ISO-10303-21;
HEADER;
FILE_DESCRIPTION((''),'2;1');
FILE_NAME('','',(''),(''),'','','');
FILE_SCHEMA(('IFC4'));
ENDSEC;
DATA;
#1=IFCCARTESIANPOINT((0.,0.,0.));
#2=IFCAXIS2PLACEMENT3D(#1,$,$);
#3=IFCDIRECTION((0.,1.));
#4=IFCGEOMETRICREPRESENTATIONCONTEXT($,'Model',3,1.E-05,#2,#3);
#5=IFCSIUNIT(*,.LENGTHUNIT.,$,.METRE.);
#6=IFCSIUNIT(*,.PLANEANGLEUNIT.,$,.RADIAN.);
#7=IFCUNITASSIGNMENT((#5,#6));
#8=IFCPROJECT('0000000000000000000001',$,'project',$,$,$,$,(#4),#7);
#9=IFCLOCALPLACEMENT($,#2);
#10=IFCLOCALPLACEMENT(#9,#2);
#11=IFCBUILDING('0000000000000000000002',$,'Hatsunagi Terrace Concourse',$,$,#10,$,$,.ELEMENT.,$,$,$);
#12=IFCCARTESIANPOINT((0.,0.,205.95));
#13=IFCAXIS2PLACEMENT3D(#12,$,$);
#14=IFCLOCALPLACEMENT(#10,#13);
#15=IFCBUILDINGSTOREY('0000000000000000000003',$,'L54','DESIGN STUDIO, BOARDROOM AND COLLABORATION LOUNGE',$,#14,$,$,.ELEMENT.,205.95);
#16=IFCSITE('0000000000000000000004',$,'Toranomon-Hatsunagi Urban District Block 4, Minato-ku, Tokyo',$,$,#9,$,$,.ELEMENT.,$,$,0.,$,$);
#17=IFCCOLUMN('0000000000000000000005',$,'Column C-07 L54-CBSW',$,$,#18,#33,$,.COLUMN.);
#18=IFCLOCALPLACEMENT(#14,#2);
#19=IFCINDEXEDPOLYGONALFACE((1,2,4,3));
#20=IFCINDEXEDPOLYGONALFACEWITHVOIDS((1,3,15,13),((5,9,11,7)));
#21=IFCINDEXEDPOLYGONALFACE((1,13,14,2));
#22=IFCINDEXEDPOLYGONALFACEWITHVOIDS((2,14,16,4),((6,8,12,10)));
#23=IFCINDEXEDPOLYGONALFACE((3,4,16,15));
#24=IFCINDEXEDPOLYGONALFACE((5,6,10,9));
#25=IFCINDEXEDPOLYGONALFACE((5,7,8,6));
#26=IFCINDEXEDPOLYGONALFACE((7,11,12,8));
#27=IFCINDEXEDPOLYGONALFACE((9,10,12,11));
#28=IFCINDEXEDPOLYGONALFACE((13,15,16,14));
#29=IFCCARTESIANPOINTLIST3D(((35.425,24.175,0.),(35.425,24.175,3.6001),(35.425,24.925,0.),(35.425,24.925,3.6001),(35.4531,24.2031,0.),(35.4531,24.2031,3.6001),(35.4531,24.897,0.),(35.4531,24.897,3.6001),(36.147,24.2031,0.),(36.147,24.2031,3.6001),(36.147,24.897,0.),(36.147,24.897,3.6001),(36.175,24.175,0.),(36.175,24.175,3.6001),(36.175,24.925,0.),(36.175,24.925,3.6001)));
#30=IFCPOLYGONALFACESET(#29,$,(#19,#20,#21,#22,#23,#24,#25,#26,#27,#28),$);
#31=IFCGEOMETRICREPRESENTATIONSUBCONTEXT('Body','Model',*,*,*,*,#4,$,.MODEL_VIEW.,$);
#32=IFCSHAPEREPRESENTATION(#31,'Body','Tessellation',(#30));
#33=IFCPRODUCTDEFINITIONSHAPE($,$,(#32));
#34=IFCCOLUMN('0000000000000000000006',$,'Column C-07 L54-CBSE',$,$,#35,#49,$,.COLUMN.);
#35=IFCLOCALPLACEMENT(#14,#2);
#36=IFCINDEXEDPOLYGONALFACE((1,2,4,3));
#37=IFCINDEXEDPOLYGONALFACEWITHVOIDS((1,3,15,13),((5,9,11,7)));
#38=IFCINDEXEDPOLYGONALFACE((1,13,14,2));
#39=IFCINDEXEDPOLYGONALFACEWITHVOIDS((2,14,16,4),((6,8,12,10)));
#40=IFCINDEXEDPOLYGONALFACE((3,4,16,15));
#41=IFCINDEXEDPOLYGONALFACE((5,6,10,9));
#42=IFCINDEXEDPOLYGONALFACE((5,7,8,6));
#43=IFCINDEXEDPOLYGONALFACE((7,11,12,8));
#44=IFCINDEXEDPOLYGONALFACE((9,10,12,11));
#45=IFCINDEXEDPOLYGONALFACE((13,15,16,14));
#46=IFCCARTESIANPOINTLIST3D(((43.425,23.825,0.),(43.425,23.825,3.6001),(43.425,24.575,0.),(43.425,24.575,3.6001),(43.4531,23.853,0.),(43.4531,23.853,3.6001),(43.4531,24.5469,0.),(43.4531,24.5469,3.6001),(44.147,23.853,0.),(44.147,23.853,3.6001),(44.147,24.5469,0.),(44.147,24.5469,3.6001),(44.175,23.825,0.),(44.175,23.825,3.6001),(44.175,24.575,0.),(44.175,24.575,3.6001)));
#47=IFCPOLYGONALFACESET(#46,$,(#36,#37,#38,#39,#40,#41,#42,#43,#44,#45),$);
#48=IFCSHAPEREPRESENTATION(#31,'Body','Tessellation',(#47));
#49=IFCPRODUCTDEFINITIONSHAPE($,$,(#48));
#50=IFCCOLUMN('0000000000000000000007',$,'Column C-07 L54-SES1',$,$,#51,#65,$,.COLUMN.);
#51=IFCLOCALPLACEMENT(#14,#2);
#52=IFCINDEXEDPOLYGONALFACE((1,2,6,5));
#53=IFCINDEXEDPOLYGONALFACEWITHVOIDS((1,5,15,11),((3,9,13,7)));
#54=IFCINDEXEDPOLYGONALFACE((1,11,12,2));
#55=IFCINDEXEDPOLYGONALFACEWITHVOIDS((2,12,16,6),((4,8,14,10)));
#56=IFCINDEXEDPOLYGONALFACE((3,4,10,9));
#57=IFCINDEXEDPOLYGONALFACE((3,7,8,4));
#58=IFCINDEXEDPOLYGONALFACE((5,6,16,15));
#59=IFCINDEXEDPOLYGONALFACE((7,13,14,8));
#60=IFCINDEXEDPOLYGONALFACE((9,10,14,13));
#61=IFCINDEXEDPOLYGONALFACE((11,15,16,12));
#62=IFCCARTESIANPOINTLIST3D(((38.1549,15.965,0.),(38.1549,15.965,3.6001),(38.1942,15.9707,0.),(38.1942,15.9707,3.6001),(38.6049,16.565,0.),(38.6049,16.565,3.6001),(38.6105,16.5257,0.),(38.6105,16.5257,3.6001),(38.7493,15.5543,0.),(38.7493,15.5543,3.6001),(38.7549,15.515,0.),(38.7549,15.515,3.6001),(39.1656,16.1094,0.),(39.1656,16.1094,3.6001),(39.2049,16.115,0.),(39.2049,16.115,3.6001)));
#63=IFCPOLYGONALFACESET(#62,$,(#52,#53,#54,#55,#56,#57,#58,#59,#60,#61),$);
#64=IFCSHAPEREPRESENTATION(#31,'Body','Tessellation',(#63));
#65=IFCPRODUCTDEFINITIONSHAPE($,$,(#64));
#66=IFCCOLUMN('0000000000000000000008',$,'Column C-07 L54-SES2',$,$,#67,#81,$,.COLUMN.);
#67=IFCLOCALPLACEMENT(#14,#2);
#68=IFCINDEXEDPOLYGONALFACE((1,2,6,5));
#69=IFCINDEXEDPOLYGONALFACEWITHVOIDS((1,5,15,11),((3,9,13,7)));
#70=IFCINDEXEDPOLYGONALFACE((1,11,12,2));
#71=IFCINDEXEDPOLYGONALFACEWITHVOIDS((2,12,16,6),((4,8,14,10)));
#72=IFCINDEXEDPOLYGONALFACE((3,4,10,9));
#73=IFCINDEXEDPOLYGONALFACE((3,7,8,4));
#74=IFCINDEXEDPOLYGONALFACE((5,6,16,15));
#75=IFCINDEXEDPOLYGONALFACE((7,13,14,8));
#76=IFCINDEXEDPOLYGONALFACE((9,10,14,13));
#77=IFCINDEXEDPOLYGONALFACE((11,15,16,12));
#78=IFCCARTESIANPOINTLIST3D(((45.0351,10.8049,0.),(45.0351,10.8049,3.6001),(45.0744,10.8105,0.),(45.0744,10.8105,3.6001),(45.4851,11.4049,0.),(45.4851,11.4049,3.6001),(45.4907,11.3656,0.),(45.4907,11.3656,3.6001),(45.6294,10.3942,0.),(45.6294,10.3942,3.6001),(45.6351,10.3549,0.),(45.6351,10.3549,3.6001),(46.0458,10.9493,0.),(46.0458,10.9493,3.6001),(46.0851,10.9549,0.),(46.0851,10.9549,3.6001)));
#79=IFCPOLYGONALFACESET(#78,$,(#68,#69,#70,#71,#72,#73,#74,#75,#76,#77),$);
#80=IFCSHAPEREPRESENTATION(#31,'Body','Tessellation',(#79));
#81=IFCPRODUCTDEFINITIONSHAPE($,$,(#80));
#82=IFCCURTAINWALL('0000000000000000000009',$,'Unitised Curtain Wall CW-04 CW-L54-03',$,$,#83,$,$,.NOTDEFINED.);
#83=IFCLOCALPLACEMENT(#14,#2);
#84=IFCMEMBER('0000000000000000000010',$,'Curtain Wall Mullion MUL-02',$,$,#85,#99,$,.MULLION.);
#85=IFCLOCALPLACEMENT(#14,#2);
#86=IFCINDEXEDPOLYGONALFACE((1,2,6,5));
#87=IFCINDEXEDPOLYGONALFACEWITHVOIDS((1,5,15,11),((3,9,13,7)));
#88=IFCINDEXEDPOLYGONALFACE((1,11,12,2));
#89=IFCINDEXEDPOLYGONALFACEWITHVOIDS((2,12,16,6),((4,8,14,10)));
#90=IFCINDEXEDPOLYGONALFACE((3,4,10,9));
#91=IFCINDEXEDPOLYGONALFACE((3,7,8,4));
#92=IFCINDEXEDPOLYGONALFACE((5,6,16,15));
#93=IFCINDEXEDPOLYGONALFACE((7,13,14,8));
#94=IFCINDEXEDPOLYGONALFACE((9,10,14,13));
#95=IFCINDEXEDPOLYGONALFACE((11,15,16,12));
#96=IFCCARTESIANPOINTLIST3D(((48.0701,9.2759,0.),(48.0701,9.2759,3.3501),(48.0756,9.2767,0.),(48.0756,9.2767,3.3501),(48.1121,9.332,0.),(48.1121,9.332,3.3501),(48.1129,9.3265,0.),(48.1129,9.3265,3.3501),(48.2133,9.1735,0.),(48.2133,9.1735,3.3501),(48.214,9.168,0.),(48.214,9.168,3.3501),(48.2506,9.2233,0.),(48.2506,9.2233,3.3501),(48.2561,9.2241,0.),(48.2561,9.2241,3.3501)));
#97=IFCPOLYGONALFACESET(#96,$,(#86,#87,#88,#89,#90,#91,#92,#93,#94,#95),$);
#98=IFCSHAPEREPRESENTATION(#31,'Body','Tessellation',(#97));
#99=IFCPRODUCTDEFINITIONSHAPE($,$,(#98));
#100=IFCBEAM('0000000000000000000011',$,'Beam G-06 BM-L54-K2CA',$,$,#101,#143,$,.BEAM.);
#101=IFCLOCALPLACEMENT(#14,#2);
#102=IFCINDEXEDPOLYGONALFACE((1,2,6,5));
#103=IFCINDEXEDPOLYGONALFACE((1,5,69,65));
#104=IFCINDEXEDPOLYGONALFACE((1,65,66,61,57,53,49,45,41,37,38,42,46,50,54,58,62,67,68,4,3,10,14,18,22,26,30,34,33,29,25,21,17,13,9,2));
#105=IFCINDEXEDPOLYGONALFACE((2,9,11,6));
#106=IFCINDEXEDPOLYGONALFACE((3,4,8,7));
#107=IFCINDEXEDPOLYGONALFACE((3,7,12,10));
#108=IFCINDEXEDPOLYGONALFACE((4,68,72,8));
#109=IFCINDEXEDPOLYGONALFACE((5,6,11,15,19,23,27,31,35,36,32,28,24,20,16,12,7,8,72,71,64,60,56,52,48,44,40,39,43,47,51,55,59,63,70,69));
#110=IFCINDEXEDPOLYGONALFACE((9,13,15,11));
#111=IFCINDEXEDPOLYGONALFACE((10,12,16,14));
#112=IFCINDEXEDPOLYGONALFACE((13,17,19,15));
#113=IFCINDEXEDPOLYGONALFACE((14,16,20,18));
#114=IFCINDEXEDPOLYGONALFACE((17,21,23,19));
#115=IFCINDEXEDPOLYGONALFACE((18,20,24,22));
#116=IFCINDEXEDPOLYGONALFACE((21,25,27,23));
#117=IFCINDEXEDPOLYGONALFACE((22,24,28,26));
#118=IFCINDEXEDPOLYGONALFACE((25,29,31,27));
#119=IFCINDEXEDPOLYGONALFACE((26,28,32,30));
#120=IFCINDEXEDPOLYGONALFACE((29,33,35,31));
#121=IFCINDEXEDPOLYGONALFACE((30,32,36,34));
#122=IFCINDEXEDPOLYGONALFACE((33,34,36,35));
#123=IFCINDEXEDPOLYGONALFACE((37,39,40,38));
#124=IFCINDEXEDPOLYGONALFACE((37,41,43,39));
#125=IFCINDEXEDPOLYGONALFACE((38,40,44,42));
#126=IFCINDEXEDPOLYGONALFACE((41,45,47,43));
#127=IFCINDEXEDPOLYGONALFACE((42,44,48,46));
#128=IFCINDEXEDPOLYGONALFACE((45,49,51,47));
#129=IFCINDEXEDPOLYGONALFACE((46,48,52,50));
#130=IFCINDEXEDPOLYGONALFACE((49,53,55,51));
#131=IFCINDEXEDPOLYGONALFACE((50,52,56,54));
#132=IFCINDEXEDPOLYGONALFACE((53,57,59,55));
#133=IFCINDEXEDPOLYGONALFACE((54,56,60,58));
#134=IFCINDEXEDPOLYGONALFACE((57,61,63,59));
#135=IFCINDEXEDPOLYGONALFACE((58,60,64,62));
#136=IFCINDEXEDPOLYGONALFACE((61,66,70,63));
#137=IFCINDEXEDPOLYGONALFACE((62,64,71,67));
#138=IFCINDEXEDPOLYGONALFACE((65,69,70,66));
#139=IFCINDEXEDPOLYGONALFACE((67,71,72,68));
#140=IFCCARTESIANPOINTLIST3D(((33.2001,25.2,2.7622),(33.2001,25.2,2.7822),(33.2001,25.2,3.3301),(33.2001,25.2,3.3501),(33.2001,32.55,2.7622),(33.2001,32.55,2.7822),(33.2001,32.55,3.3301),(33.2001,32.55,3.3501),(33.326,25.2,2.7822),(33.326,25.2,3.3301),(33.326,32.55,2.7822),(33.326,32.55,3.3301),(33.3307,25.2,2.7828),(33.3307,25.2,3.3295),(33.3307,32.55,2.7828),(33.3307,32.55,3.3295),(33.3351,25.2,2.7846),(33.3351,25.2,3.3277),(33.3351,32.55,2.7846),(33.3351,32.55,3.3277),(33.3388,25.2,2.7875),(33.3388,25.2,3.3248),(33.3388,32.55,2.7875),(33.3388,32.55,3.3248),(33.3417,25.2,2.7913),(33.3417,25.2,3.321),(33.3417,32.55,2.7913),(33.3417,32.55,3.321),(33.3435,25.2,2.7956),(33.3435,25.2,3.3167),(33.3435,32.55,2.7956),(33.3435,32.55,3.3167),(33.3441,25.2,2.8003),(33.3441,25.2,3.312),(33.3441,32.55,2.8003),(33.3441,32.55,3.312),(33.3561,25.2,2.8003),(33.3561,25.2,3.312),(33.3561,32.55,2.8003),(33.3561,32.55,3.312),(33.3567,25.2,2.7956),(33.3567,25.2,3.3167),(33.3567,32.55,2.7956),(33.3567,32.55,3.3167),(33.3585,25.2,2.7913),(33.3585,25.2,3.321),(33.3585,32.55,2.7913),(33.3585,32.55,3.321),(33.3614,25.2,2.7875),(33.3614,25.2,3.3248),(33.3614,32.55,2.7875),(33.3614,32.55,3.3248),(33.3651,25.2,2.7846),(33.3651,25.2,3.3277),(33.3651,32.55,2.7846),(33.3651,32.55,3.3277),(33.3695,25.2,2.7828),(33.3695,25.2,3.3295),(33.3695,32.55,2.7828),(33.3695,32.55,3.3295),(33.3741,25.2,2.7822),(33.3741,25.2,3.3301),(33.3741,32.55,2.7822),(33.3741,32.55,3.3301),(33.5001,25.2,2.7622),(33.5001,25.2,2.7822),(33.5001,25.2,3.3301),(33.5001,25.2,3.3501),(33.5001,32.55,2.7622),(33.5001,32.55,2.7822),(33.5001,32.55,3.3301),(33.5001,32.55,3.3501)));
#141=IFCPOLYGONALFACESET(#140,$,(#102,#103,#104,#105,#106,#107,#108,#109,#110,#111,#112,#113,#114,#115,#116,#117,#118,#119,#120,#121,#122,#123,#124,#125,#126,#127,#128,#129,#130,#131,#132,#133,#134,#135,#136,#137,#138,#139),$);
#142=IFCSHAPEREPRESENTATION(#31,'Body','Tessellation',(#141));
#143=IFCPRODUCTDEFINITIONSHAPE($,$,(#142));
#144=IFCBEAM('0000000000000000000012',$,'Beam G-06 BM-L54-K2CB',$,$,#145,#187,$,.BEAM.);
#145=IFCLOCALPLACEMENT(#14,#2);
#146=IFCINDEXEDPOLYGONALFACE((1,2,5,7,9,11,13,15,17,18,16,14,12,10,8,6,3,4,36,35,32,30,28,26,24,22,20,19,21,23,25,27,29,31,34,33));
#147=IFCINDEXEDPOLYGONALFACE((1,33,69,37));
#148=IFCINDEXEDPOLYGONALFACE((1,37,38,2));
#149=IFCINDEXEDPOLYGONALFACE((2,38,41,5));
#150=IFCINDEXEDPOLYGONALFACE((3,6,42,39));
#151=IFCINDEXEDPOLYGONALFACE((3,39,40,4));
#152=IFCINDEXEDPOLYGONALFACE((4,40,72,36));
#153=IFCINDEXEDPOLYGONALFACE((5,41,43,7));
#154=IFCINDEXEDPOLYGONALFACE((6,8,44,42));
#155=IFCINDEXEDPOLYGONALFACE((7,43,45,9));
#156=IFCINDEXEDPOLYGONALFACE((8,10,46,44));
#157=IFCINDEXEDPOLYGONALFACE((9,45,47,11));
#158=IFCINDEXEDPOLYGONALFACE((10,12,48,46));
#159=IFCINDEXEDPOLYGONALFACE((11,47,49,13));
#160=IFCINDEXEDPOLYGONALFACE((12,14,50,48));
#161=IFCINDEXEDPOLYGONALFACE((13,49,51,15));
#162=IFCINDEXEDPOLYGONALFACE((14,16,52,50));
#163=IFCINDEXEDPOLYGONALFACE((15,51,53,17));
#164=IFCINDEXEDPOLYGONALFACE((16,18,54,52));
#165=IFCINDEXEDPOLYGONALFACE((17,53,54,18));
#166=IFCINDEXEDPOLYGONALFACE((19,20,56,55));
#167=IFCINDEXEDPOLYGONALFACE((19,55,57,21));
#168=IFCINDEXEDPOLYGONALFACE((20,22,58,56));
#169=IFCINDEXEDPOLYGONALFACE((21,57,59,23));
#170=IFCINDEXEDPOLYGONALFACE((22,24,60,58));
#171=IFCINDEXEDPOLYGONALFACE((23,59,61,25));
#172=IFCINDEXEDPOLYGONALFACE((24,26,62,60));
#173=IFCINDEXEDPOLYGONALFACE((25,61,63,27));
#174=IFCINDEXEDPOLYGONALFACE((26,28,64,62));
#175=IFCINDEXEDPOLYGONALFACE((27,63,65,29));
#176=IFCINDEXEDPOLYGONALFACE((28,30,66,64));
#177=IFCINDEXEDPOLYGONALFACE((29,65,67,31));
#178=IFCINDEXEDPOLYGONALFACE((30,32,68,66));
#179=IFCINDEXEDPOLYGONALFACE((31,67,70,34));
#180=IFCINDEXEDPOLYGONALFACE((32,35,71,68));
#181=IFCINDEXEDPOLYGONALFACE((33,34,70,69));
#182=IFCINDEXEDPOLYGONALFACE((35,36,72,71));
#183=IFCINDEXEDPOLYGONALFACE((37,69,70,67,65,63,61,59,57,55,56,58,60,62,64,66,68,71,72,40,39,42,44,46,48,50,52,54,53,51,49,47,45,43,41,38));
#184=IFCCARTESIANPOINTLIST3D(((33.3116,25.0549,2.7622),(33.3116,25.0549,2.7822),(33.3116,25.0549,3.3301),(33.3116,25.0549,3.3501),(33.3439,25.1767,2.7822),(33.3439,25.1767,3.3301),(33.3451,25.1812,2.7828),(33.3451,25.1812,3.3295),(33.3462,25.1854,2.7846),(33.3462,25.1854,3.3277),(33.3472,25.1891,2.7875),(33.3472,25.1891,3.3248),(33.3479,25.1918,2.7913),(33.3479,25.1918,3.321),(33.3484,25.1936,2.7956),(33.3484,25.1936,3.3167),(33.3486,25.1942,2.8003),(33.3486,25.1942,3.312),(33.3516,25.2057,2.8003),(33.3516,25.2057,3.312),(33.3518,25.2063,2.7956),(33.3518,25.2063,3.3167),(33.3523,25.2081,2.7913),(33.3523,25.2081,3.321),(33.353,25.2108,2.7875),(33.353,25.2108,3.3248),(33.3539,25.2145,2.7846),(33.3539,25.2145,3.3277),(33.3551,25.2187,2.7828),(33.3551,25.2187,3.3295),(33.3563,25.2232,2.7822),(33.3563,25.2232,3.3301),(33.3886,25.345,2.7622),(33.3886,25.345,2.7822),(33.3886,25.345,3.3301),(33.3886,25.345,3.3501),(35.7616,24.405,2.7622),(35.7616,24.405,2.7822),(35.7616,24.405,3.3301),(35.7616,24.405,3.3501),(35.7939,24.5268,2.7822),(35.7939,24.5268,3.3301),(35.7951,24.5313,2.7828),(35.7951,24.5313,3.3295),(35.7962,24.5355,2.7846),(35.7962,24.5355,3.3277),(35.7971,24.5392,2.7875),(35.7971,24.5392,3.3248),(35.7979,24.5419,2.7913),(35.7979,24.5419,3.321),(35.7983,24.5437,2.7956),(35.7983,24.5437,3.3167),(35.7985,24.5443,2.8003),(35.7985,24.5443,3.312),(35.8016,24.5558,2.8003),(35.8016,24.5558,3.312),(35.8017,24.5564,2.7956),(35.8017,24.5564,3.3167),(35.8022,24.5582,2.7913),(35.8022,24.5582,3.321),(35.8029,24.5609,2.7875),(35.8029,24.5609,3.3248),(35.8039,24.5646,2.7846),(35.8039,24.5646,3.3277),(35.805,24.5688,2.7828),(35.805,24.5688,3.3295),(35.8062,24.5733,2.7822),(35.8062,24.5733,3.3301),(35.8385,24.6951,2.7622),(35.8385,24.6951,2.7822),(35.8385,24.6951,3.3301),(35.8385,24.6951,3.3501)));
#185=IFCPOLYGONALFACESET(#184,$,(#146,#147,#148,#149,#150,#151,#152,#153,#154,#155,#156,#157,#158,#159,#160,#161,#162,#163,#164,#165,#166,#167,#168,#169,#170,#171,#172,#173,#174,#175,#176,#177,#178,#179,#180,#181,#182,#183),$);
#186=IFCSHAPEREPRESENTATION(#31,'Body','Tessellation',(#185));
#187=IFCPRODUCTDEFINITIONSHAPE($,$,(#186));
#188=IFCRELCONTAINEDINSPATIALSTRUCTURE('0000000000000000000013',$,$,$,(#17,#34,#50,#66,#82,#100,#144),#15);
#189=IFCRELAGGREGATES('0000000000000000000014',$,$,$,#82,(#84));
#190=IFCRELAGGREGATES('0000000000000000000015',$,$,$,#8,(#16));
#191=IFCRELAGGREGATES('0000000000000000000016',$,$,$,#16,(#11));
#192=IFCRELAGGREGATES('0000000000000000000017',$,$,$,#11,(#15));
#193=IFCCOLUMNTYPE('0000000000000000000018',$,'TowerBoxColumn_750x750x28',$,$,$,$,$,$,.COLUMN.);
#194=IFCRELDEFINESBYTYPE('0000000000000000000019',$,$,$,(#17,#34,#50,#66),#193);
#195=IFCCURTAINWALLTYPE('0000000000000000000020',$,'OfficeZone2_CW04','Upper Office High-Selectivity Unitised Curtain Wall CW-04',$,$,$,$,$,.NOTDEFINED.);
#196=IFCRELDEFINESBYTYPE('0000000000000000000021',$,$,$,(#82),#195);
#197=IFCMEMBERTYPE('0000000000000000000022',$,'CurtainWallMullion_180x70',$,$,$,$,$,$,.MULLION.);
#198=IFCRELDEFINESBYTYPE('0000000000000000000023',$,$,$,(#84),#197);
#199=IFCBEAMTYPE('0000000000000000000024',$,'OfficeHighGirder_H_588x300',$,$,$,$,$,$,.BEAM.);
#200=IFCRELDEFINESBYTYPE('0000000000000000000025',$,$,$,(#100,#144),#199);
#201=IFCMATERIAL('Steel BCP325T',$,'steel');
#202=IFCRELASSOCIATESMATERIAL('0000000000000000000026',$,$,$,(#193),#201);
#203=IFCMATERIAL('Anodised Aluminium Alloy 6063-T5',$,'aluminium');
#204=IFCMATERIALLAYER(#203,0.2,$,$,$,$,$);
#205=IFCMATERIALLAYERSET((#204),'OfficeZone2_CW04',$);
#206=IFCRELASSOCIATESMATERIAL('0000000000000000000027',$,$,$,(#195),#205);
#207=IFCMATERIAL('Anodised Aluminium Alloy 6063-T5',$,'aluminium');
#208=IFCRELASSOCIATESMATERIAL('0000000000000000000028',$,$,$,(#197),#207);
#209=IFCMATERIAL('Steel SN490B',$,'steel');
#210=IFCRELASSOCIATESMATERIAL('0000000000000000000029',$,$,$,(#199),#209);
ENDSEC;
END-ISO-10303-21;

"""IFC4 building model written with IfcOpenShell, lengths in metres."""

from ifc_helpers import new_model, si_unit, direction, frame, origin, origin_2d, place, context, subcontext, project, spatial, hollow_rectangle, i_section, extrude, material, layer, layer_set, material_profile, profile_set, type_object, element, aggregate, save


model = new_model("IFC4")

# Units and contexts
model_context = context("Model", 3, precision=1e-05, world=origin(), true_north=direction((0.0, 1.0)))
body_context = subcontext(model_context, "Body", "Model", "MODEL_VIEW")
ifc_project = project(units=[si_unit("LENGTHUNIT", "METRE"), si_unit("PLANEANGLEUNIT", "RADIAN")], contexts=[model_context])

# Site, building, storey
site_placement = place(None, origin())
site = spatial("IfcSite", under=ifc_project, at=site_placement, Name="Toranomon-Hatsunagi Urban District Block 4, Minato-ku, Tokyo", CompositionType="ELEMENT", RefElevation=0.0)
building_placement = place(site_placement, origin())
building = spatial("IfcBuilding", under=site, at=building_placement, Name="Hatsunagi Terrace Concourse", CompositionType="ELEMENT")
storey_placement = place(building_placement, frame((0.0, 0.0, 205.95)))
storey = spatial("IfcBuildingStorey", under=building, at=storey_placement, Name="L54", Description="DESIGN STUDIO, BOARDROOM AND COLLABORATION LOUNGE", CompositionType="ELEMENT", Elevation=205.95)

# Columns
ifc_material_1 = material(Name="Steel BCP325T", Category="steel")
ifc_material_profile_1 = material_profile(ifc_material_1, hollow_rectangle(XDim=0.75, YDim=0.75, WallThickness=0.0281, at=origin_2d()), Name="BCP-750x750x28")
ifc_profile_set_1 = profile_set([ifc_material_profile_1], Name="Steel BCP325T")
column_type = type_object("IfcColumnType", Name="TowerBoxColumn_750x750x28", PredefinedType="COLUMN", material=ifc_profile_set_1)
for number, where, z_axis, x_axis, name in (
    (1, (35.8, 24.55, 0.0), (0.0, 0.0, 1.0), (1.0, 0.0, 0.0), "Column C-07 L54-CBSW"),
    (2, (43.8, 24.2, 0.0), (0.0, 0.0, 1.0), (1.0, 0.0, 0.0), "Column C-07 L54-CBSE"),
    (3, (38.6799, 16.04, 0.0), (0.0, 0.0, 1.0), (0.8, -0.6, 0.0), "Column C-07 L54-SES1"),
    (4, (45.5601, 10.8799, 0.0), (0.0, 0.0, 1.0), (0.8, -0.6, 0.0), "Column C-07 L54-SES2"),
):
    element("IfcColumn", number, at=place(storey_placement, frame(where, z_axis=z_axis, x_axis=x_axis)), inside=storey, type_object=column_type, Name=name, PredefinedType="COLUMN", context=body_context, shape_type="SweptSolid", body=[
        extrude(hollow_rectangle(XDim=0.75, YDim=0.75, WallThickness=0.0281, at=origin_2d()), origin(), (0.0, 0.0, 1.0), 3.6001),
    ])

# Curtain wall, member
ifc_material_2 = material(Name="Anodised Aluminium Alloy 6063-T5", Category="aluminium")
ifc_layer_1 = layer(ifc_material_2, 0.2)
ifc_layer_set_1 = layer_set([ifc_layer_1], Name="OfficeZone2_CW04")
curtain_wall_type = type_object("IfcCurtainWallType", Name="OfficeZone2_CW04", Description="Upper Office High-Selectivity Unitised Curtain Wall CW-04", PredefinedType="NOTDEFINED", material=ifc_layer_set_1)
curtain_wall_placement = place(storey_placement, origin())
curtain_wall = element("IfcCurtainWall", 5, at=curtain_wall_placement, inside=storey, type_object=curtain_wall_type, Name="Unitised Curtain Wall CW-04 CW-L54-03", PredefinedType="NOTDEFINED")
ifc_material_3 = material(Name="Anodised Aluminium Alloy 6063-T5", Category="aluminium")
ifc_material_profile_2 = material_profile(ifc_material_3, hollow_rectangle(XDim=0.0701, YDim=0.1799, WallThickness=0.0039, at=origin_2d()), Name="ALU-MUL-180x70x4")
ifc_profile_set_2 = profile_set([ifc_material_profile_2], Name="Anodised Aluminium Alloy 6063-T5")
member_type_1 = type_object("IfcMemberType", Name="CurtainWallMullion_180x70", PredefinedType="MULLION", material=ifc_profile_set_2)
member_1_placement = place(storey_placement, frame((48.1631, 9.25, 0.0), z_axis=(0.0, 0.0, 1.0), x_axis=(-0.599969, -0.800023, 0.0)))
member_1 = element("IfcMember", 6, at=member_1_placement, type_object=member_type_1, Name="Curtain Wall Mullion MUL-02", PredefinedType="MULLION", context=body_context, shape_type="SweptSolid", body=[
    extrude(hollow_rectangle(XDim=0.0701, YDim=0.1799, WallThickness=0.0039, at=origin_2d()), origin(), (0.0, 0.0, 1.0), 3.3501),
])

# Beams
ifc_material_4 = material(Name="Steel SN490B", Category="steel")
ifc_material_profile_3 = material_profile(ifc_material_4, i_section(OverallWidth=0.3, OverallDepth=0.5879, WebThickness=0.012, FlangeThickness=0.02, FilletRadius=0.0181, at=origin_2d()), Name="H-588x300x12x20")
ifc_profile_set_3 = profile_set([ifc_material_profile_3], Name="Steel SN490B")
beam_type_1 = type_object("IfcBeamType", Name="OfficeHighGirder_H_588x300", PredefinedType="BEAM", material=ifc_profile_set_3)
beam_1_placement = place(storey_placement, frame((33.3501, 25.2, 3.0562), z_axis=(0.0, 1.0, 0.0), x_axis=(-1.0, 0.0, 0.0)))
element("IfcBeam", 7, at=beam_1_placement, inside=storey, type_object=beam_type_1, Name="Beam G-06 BM-L54-K2CA", PredefinedType="BEAM", context=body_context, shape_type="SweptSolid", body=[
    extrude(i_section(OverallWidth=0.3, OverallDepth=0.5879, WebThickness=0.012, FlangeThickness=0.02, FilletRadius=0.0181, at=origin_2d()), origin(), (0.0, 0.0, 1.0), 7.3501),
])
beam_2_placement = place(storey_placement, frame((33.3501, 25.2, 3.0562), z_axis=(0.96657, -0.256403, 0.0), x_axis=(0.256403, 0.96657, 0.0)))
element("IfcBeam", 8, at=beam_2_placement, inside=storey, type_object=beam_type_1, Name="Beam G-06 BM-L54-K2CB", PredefinedType="BEAM", context=body_context, shape_type="SweptSolid", body=[
    extrude(i_section(OverallWidth=0.3, OverallDepth=0.5879, WebThickness=0.012, FlangeThickness=0.02, FilletRadius=0.0181, at=origin_2d()), origin(), (0.0, 0.0, 1.0), 2.5347),
])

aggregate(curtain_wall, [member_1])

save(model, "model.ifc")
